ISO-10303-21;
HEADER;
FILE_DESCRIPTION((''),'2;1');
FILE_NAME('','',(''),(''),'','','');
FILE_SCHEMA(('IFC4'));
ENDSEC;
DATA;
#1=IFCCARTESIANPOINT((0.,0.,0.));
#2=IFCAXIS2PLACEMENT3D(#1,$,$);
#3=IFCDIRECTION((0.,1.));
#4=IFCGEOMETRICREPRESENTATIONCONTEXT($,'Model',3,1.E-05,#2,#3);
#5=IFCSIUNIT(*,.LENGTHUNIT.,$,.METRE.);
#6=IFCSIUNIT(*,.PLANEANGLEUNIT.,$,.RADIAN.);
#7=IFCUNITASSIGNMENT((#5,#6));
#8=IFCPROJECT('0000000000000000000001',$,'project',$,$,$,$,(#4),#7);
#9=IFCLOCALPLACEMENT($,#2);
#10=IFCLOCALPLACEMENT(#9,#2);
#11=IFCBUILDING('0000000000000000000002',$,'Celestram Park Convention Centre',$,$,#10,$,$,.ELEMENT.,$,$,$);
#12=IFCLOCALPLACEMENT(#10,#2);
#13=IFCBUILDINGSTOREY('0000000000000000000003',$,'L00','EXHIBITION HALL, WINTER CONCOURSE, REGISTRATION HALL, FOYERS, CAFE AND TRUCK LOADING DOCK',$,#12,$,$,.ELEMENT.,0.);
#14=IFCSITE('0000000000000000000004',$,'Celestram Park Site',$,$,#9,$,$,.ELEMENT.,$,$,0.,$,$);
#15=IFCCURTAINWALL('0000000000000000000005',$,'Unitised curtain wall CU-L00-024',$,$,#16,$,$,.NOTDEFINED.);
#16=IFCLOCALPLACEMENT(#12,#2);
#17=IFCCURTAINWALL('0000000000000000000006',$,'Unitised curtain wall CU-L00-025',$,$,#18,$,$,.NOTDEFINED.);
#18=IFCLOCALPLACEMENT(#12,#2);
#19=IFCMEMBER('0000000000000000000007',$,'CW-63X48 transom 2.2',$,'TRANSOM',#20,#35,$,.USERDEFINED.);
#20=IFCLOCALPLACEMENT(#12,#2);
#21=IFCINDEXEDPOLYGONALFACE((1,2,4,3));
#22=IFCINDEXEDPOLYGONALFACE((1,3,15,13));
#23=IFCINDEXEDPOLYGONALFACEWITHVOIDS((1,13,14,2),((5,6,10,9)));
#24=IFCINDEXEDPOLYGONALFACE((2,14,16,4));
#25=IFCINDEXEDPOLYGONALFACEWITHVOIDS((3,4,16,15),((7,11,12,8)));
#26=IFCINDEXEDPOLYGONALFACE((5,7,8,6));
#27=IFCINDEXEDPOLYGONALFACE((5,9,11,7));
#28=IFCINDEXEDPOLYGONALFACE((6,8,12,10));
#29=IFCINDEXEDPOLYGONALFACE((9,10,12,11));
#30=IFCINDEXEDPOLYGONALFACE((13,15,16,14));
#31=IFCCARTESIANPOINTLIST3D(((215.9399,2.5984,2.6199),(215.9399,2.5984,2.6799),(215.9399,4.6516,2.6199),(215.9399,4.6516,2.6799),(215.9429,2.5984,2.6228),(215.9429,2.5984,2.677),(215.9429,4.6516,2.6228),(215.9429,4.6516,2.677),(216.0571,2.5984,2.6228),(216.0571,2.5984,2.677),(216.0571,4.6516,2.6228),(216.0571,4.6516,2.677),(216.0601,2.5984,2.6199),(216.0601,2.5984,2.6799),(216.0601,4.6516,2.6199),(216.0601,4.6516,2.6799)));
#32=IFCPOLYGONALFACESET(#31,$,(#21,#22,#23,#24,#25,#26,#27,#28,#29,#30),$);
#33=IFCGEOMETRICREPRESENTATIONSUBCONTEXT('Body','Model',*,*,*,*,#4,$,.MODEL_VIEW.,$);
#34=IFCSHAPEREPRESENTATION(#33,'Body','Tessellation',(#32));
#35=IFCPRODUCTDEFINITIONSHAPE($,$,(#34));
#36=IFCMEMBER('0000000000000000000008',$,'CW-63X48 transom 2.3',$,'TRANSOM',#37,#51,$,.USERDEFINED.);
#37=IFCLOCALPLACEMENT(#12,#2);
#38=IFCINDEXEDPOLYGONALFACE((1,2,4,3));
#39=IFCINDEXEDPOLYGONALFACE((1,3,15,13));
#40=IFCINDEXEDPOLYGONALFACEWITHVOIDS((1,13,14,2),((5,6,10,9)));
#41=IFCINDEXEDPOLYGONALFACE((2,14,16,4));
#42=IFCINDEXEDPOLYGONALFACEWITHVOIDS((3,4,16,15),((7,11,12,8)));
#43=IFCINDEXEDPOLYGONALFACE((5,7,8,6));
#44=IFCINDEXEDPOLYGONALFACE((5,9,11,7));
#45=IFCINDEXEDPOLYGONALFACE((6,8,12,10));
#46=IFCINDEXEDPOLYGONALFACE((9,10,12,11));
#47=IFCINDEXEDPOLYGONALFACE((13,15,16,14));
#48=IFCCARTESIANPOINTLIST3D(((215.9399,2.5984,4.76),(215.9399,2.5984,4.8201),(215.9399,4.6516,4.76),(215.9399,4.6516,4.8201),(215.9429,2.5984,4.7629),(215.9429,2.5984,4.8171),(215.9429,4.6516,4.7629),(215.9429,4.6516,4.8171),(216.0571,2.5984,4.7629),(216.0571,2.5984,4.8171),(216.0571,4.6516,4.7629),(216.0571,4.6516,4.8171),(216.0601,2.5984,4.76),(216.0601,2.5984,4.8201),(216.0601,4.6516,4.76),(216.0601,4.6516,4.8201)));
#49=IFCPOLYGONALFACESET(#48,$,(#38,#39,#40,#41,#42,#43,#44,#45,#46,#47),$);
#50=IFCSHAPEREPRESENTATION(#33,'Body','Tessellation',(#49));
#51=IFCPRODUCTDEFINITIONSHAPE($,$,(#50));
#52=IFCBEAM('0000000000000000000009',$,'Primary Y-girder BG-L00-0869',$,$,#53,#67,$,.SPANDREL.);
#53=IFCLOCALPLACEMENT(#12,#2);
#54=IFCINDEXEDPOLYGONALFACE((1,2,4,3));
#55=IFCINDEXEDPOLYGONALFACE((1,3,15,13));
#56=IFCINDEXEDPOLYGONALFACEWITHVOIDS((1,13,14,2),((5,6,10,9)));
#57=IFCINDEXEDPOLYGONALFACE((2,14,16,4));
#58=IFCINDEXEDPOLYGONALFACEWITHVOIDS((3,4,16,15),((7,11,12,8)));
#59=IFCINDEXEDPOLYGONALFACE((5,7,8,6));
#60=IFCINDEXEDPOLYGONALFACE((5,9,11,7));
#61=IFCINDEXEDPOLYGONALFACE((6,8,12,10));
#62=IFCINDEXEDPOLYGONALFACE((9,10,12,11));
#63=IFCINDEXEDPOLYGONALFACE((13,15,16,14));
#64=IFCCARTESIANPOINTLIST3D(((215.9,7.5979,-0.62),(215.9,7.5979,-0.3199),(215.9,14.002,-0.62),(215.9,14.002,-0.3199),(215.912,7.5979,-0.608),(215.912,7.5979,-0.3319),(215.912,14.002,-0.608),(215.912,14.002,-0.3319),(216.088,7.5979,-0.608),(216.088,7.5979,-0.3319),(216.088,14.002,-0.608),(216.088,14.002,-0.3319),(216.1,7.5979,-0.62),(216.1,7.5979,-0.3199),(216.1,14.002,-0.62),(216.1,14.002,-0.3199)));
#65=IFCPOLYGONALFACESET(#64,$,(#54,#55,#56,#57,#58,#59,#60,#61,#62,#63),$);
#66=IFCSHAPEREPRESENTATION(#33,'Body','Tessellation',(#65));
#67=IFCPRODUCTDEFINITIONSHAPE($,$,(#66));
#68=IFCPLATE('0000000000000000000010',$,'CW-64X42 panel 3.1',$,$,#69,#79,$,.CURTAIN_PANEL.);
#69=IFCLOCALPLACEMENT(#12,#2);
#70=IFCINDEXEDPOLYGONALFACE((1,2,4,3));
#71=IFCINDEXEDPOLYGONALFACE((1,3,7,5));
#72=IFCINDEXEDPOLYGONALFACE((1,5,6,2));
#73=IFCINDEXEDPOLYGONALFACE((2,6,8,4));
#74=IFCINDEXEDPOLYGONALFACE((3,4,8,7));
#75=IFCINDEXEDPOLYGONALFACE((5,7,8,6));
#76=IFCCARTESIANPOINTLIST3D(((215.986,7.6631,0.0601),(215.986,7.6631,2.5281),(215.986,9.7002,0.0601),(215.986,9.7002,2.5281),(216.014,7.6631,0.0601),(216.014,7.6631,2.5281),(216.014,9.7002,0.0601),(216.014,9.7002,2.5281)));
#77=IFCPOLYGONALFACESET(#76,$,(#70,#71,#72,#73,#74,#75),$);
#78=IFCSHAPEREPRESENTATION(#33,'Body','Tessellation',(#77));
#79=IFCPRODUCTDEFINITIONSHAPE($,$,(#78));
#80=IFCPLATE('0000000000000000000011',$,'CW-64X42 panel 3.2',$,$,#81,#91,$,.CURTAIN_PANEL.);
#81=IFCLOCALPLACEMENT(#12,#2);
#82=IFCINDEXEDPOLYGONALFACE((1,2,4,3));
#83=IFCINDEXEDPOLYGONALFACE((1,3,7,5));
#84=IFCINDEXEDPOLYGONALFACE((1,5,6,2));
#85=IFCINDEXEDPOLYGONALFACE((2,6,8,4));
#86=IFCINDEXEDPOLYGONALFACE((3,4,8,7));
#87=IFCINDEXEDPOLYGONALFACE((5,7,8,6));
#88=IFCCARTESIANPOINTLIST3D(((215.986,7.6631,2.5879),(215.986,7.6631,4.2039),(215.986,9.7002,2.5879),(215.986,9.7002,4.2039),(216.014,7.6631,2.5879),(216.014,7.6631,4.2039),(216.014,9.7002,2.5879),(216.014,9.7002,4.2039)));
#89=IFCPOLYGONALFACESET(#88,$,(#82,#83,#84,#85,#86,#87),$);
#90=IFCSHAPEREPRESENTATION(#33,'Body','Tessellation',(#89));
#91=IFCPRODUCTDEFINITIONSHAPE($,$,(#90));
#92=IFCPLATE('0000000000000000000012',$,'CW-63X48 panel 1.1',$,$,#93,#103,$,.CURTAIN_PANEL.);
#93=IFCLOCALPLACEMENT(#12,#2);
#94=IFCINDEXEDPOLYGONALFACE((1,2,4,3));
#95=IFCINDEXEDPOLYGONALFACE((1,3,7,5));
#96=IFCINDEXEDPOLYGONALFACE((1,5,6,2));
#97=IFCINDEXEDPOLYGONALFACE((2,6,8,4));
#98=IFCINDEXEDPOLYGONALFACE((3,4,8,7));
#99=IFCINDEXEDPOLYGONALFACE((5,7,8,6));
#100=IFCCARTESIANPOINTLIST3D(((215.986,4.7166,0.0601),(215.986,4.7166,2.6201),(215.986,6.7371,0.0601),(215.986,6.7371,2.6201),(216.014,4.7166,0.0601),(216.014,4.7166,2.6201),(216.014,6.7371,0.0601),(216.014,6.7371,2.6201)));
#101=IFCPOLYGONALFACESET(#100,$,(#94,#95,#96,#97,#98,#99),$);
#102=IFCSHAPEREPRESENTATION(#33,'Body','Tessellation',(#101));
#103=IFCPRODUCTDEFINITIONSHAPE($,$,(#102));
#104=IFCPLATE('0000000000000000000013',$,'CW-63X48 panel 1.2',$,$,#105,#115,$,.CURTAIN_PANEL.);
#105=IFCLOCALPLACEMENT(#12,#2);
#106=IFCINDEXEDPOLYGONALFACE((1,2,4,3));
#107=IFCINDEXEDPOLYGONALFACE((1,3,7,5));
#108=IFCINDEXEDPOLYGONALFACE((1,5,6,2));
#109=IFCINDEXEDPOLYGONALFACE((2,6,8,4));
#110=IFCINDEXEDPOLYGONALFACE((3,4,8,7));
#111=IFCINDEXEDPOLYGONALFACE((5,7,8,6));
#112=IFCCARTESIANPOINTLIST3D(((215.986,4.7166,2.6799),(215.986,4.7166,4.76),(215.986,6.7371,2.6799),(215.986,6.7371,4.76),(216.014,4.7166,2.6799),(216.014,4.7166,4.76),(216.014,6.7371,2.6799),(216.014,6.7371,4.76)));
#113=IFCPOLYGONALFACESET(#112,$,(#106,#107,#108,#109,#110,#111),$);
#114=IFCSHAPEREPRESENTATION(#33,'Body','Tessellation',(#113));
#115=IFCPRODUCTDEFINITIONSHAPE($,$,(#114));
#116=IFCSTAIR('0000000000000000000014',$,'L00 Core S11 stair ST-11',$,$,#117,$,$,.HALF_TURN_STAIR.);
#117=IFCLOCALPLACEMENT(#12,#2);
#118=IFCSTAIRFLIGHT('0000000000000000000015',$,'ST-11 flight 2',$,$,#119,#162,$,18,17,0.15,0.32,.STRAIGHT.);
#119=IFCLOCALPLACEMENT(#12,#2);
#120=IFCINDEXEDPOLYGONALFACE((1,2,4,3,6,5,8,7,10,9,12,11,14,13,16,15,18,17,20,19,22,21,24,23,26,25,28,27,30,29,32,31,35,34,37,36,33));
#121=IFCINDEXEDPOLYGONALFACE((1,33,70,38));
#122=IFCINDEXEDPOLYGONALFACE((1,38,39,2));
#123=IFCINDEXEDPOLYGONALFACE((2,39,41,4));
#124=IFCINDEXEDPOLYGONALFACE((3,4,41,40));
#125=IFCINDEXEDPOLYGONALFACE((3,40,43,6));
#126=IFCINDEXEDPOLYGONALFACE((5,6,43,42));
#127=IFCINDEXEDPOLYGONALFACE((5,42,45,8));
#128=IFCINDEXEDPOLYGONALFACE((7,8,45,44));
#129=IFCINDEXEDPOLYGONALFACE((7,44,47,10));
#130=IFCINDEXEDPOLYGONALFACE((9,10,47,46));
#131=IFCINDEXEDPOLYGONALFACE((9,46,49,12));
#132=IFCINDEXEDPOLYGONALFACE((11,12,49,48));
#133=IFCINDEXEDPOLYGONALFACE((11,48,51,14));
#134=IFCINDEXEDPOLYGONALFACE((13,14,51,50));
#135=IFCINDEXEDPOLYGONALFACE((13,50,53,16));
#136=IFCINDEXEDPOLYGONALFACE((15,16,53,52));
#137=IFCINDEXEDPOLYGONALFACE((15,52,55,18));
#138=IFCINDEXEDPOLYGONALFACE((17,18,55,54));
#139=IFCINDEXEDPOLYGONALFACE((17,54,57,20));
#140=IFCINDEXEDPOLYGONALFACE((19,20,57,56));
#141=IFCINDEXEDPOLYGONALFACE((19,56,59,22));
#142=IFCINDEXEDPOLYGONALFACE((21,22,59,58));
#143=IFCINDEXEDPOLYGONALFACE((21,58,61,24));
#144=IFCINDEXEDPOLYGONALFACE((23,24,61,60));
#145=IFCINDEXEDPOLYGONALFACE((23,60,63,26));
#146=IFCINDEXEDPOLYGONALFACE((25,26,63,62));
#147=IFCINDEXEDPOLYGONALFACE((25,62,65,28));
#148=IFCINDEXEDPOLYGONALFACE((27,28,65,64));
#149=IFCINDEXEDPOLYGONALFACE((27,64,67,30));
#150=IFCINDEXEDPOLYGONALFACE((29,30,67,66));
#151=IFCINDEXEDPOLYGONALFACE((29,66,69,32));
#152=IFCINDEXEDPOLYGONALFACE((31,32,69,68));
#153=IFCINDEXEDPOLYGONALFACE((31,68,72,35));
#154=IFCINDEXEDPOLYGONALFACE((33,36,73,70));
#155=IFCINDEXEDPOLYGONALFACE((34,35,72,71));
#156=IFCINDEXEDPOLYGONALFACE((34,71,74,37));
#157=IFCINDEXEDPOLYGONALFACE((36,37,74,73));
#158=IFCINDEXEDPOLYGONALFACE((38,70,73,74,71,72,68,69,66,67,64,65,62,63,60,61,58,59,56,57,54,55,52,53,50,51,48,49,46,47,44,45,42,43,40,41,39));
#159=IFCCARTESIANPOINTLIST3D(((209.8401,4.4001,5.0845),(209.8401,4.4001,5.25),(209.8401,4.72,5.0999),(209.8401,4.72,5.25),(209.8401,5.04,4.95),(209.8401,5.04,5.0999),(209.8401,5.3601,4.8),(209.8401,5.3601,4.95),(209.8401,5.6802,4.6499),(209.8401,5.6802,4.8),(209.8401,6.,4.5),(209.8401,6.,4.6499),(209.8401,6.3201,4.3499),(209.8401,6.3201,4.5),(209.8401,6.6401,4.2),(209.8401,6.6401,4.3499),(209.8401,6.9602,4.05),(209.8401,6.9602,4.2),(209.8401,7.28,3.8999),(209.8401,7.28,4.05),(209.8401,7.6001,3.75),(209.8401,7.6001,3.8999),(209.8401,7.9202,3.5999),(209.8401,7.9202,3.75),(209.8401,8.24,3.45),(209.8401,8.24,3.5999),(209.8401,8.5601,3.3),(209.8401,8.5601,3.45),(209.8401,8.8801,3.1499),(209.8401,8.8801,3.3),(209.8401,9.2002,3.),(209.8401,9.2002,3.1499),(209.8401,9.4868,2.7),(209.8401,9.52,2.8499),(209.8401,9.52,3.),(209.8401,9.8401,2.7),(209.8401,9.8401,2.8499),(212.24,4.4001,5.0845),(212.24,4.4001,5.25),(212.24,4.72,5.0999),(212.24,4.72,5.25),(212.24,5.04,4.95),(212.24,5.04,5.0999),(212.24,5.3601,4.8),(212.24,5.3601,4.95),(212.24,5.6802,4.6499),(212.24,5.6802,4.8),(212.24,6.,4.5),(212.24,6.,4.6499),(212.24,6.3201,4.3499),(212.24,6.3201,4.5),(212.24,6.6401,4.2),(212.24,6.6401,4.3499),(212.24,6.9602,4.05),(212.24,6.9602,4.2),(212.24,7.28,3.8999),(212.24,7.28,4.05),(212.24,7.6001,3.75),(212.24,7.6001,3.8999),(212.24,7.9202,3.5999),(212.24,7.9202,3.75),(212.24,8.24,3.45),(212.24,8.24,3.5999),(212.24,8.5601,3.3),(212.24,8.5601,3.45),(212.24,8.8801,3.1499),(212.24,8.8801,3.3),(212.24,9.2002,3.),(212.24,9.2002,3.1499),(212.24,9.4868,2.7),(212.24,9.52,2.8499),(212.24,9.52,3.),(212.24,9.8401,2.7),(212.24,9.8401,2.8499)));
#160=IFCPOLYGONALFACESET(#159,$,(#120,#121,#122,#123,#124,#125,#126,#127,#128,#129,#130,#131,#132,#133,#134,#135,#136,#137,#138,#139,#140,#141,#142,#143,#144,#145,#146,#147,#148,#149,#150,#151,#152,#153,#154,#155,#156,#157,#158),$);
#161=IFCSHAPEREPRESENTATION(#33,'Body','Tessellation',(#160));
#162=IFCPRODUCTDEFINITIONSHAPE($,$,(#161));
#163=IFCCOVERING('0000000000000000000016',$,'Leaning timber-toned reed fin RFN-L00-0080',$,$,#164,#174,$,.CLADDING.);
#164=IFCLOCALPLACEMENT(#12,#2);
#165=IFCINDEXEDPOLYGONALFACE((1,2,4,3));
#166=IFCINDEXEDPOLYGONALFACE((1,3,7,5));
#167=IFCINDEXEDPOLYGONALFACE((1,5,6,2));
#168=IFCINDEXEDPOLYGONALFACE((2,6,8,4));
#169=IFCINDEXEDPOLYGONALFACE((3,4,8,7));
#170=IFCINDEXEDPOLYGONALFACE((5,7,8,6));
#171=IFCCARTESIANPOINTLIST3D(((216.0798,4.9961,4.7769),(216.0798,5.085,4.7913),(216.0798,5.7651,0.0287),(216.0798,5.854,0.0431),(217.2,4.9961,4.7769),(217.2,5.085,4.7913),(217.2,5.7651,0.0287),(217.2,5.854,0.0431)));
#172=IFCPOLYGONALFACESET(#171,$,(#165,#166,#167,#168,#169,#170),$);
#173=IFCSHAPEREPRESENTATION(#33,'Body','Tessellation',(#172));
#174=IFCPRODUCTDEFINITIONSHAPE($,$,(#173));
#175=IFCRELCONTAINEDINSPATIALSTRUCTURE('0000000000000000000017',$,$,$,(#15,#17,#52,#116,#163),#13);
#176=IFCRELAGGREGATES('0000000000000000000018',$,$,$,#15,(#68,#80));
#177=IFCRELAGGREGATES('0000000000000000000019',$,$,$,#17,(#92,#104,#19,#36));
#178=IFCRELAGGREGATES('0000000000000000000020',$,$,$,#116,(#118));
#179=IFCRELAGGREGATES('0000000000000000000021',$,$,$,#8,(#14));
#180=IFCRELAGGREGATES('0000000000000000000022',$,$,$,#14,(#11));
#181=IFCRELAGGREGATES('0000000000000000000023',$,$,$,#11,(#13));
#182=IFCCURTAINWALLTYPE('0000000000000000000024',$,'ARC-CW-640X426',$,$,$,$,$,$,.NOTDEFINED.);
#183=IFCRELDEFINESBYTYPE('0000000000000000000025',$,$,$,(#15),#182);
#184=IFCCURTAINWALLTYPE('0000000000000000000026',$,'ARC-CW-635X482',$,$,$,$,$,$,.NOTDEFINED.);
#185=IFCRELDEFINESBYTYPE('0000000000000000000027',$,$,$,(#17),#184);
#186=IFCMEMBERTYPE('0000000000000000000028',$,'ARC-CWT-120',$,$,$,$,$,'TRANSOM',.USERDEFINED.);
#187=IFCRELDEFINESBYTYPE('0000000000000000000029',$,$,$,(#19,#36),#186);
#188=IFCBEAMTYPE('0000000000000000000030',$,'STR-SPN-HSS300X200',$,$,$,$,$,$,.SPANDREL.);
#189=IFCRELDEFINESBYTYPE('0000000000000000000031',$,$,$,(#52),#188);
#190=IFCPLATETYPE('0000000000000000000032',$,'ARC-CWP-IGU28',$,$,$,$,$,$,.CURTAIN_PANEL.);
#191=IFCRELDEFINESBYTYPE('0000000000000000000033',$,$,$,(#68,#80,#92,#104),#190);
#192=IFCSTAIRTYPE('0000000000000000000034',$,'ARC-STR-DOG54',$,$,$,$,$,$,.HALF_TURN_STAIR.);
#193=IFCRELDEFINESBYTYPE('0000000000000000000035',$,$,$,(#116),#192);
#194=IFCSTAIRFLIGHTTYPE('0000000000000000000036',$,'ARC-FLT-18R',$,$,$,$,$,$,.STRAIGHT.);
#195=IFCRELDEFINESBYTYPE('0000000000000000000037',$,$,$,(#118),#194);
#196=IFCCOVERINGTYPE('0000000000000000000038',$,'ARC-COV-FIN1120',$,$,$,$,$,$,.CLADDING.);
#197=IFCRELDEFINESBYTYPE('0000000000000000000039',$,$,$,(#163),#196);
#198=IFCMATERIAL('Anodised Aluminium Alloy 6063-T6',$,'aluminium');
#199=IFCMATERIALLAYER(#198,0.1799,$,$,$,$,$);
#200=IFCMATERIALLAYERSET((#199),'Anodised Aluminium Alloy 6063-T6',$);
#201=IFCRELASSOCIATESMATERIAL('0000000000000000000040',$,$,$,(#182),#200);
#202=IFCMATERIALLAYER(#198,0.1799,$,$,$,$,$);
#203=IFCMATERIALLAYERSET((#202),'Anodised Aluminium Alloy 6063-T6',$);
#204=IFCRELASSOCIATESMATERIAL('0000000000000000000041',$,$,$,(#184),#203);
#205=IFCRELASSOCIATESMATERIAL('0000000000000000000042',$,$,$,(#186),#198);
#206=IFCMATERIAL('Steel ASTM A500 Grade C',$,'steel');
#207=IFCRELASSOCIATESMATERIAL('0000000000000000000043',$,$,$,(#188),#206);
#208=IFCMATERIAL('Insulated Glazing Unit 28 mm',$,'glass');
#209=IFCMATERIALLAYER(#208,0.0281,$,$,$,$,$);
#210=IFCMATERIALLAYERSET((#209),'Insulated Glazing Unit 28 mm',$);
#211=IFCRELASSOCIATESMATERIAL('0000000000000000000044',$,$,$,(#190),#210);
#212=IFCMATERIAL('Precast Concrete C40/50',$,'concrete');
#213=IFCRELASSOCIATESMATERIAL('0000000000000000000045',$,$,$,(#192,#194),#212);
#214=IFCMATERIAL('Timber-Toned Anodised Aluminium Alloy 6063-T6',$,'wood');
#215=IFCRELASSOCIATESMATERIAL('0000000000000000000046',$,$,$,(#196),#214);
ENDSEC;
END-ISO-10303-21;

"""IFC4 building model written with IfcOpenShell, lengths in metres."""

from ifc_helpers import new_model, si_unit, direction, frame, origin, origin_2d, place, context, subcontext, project, spatial, polyline, rectangle, hollow_rectangle, outline, extrude, material, layer, layer_set, material_profile, profile_set, type_object, element, aggregate, save


model = new_model("IFC4")

# Units and contexts
model_context = context("Model", 3, precision=1e-05, world=origin(), true_north=direction((0.0, 1.0)))
body_context = subcontext(model_context, "Body", "Model", "MODEL_VIEW")
ifc_project = project(units=[si_unit("LENGTHUNIT", "METRE"), si_unit("PLANEANGLEUNIT", "RADIAN")], contexts=[model_context])

# Site, building, storey
site_placement = place(None, origin())
site = spatial("IfcSite", under=ifc_project, at=site_placement, Name="Celestram Park Site", CompositionType="ELEMENT", RefElevation=0.0)
building_placement = place(site_placement, origin())
building = spatial("IfcBuilding", under=site, at=building_placement, Name="Celestram Park Convention Centre", CompositionType="ELEMENT")
storey_placement = place(building_placement, origin())
storey = spatial("IfcBuildingStorey", under=building, at=storey_placement, Name="L00", Description="EXHIBITION HALL, WINTER CONCOURSE, REGISTRATION HALL, FOYERS, CAFE AND TRUCK LOADING DOCK", CompositionType="ELEMENT", Elevation=0.0)

# Curtain walls
ifc_material_1 = material(Name="Anodised Aluminium Alloy 6063-T6", Category="aluminium")
ifc_layer_1 = layer(ifc_material_1, 0.1799)
ifc_layer_set_1 = layer_set([ifc_layer_1], Name="Anodised Aluminium Alloy 6063-T6")
curtain_wall_type_1 = type_object("IfcCurtainWallType", Name="ARC-CW-640X426", PredefinedType="NOTDEFINED", material=ifc_layer_set_1)
curtain_wall_1_placement = place(storey_placement, origin())
curtain_wall_1 = element("IfcCurtainWall", 1, at=curtain_wall_1_placement, inside=storey, type_object=curtain_wall_type_1, Name="Unitised curtain wall CU-L00-024", PredefinedType="NOTDEFINED")
ifc_layer_2 = layer(ifc_material_1, 0.1799)
ifc_layer_set_2 = layer_set([ifc_layer_2], Name="Anodised Aluminium Alloy 6063-T6")
curtain_wall_type_2 = type_object("IfcCurtainWallType", Name="ARC-CW-635X482", PredefinedType="NOTDEFINED", material=ifc_layer_set_2)
curtain_wall_2_placement = place(storey_placement, origin())
curtain_wall_2 = element("IfcCurtainWall", 2, at=curtain_wall_2_placement, inside=storey, type_object=curtain_wall_type_2, Name="Unitised curtain wall CU-L00-025", PredefinedType="NOTDEFINED")

# Members
ifc_material_profile_1 = material_profile(ifc_material_1, hollow_rectangle(XDim=0.1201, YDim=0.0601, WallThickness=0.0029, at=origin_2d()), Name="ALU120X60X3")
ifc_profile_set_1 = profile_set([ifc_material_profile_1], Name="Anodised Aluminium Alloy 6063-T6")
member_type_1 = type_object("IfcMemberType", Name="ARC-CWT-120", ElementType="TRANSOM", PredefinedType="USERDEFINED", material=ifc_profile_set_1)
member_1_placement = place(storey_placement, frame((216.0, 4.6516, 2.6499), z_axis=(0.0, -1.0, 0.0), x_axis=(1.0, 0.0, 0.0)))
member_1 = element("IfcMember", 3, at=member_1_placement, type_object=member_type_1, Name="CW-63X48 transom 2.2", ObjectType="TRANSOM", PredefinedType="USERDEFINED", context=body_context, shape_type="SweptSolid", body=[
    extrude(hollow_rectangle(XDim=0.1201, YDim=0.0601, WallThickness=0.0029, at=origin_2d()), origin(), (0.0, 0.0, 1.0), 2.0532),
])
member_2_placement = place(storey_placement, frame((216.0, 4.6516, 4.79), z_axis=(0.0, -1.0, 0.0), x_axis=(1.0, 0.0, 0.0)))
member_2 = element("IfcMember", 4, at=member_2_placement, type_object=member_type_1, Name="CW-63X48 transom 2.3", ObjectType="TRANSOM", PredefinedType="USERDEFINED", context=body_context, shape_type="SweptSolid", body=[
    extrude(hollow_rectangle(XDim=0.1201, YDim=0.0601, WallThickness=0.0029, at=origin_2d()), origin(), (0.0, 0.0, 1.0), 2.0532),
])

# Beam
ifc_material_2 = material(Name="Steel ASTM A500 Grade C", Category="steel")
ifc_material_profile_2 = material_profile(ifc_material_2, hollow_rectangle(XDim=0.2, YDim=0.3, WallThickness=0.012, at=origin_2d()), Name="HSS300X200X12")
ifc_profile_set_2 = profile_set([ifc_material_profile_2], Name="Steel ASTM A500 Grade C")
beam_type = type_object("IfcBeamType", Name="STR-SPN-HSS300X200", PredefinedType="SPANDREL", material=ifc_profile_set_2)
beam_placement = place(storey_placement, frame((216.0, 7.5979, -0.47), z_axis=(0.0, 1.0, 0.0), x_axis=(-1.0, 0.0, 0.0)))
element("IfcBeam", 5, at=beam_placement, inside=storey, type_object=beam_type, Name="Primary Y-girder BG-L00-0869", PredefinedType="SPANDREL", context=body_context, shape_type="SweptSolid", body=[
    extrude(hollow_rectangle(XDim=0.2, YDim=0.3, WallThickness=0.012, at=origin_2d()), origin(), (0.0, 0.0, 1.0), 6.4041),
])

# Plates
ifc_material_3 = material(Name="Insulated Glazing Unit 28 mm", Category="glass")
ifc_layer_3 = layer(ifc_material_3, 0.0281)
ifc_layer_set_3 = layer_set([ifc_layer_3], Name="Insulated Glazing Unit 28 mm")
plate_type = type_object("IfcPlateType", Name="ARC-CWP-IGU28", PredefinedType="CURTAIN_PANEL", material=ifc_layer_set_3)
plate_1_placement = place(storey_placement, frame((216.0, 8.6816, 0.0601), z_axis=(0.0, 0.0, 1.0), x_axis=(0.0, -1.0, 0.0)))
plate_1 = element("IfcPlate", 6, at=plate_1_placement, type_object=plate_type, Name="CW-64X42 panel 3.1", PredefinedType="CURTAIN_PANEL", context=body_context, shape_type="SweptSolid", body=[
    extrude(rectangle(XDim=2.0371, YDim=0.0281, at=origin_2d()), origin(), (0.0, 0.0, 1.0), 2.468),
])
plate_2_placement = place(storey_placement, frame((216.0, 8.6816, 2.5879), z_axis=(0.0, 0.0, 1.0), x_axis=(0.0, -1.0, 0.0)))
plate_2 = element("IfcPlate", 7, at=plate_2_placement, type_object=plate_type, Name="CW-64X42 panel 3.2", PredefinedType="CURTAIN_PANEL", context=body_context, shape_type="SweptSolid", body=[
    extrude(rectangle(XDim=2.0371, YDim=0.0281, at=origin_2d()), origin(), (0.0, 0.0, 1.0), 1.616),
])
aggregate(curtain_wall_1, [plate_1, plate_2])
plate_3_placement = place(storey_placement, frame((216.0, 5.7268, 0.0601), z_axis=(0.0, 0.0, 1.0), x_axis=(0.0, -1.0, 0.0)))
plate_3 = element("IfcPlate", 8, at=plate_3_placement, type_object=plate_type, Name="CW-63X48 panel 1.1", PredefinedType="CURTAIN_PANEL", context=body_context, shape_type="SweptSolid", body=[
    extrude(rectangle(XDim=2.0205, YDim=0.0281, at=origin_2d()), origin(), (0.0, 0.0, 1.0), 2.5601),
])
plate_4_placement = place(storey_placement, frame((216.0, 5.7268, 2.6799), z_axis=(0.0, 0.0, 1.0), x_axis=(0.0, -1.0, 0.0)))
plate_4 = element("IfcPlate", 9, at=plate_4_placement, type_object=plate_type, Name="CW-63X48 panel 1.2", PredefinedType="CURTAIN_PANEL", context=body_context, shape_type="SweptSolid", body=[
    extrude(rectangle(XDim=2.0205, YDim=0.0281, at=origin_2d()), origin(), (0.0, 0.0, 1.0), 2.0801),
])
aggregate(curtain_wall_2, [plate_3, plate_4, member_1, member_2])

# Stair, stair flight
ifc_material_4 = material(Name="Precast Concrete C40/50", Category="concrete")
stair_type = type_object("IfcStairType", Name="ARC-STR-DOG54", PredefinedType="HALF_TURN_STAIR", material=ifc_material_4)
stair_placement = place(storey_placement, origin())
stair = element("IfcStair", 10, at=stair_placement, inside=storey, type_object=stair_type, Name="L00 Core S11 stair ST-11", PredefinedType="HALF_TURN_STAIR")
stair_flight_type = type_object("IfcStairFlightType", Name="ARC-FLT-18R", PredefinedType="STRAIGHT", material=ifc_material_4)
stair_flight_placement = place(storey_placement, frame((211.04, 9.8401, 2.7), z_axis=(0.0, 0.0, 1.0), x_axis=(0.0, -1.0, 0.0)))
stair_flight = element("IfcStairFlight", 11, at=stair_flight_placement, type_object=stair_flight_type, Name="ST-11 flight 2", NumberOfRisers=18, NumberOfTreads=17, PredefinedType="STRAIGHT", RiserHeight=0.15, TreadLength=0.32, context=body_context, shape_type="SweptSolid", body=[
    extrude(outline(polyline([(0.0, 0.0), (0.0, 0.1499), (0.3201, 0.1499), (0.3201, 0.3), (0.6399, 0.3), (0.6399, 0.45), (0.96, 0.45), (0.96, 0.6001), (1.28, 0.6001), (1.28, 0.75), (1.6001, 0.75), (1.6001, 0.8999), (1.9199, 0.8999), (1.9199, 1.05), (2.24, 1.05), (2.24, 1.2), (2.5601, 1.2), (2.5601, 1.3501), (2.8799, 1.3501), (2.8799, 1.5), (3.2, 1.5), (3.2, 1.6499), (3.52, 1.6499), (3.52, 1.8), (3.8401, 1.8), (3.8401, 1.95), (4.1599, 1.95), (4.1599, 2.1001), (4.48, 2.1001), (4.48, 2.25), (4.8, 2.25), (4.8, 2.3999), (5.1201, 2.3999), (5.1201, 2.55), (5.4399, 2.55), (5.4399, 2.7), (5.4399, 2.3845), (0.3533, 0.0), (0.0, 0.0)])), frame((0.0, 1.2, 0.0), z_axis=(0.0, -1.0, 0.0), x_axis=(1.0, 0.0, 0.0)), (0.0, 0.0, 1.0), 2.3999),
])
aggregate(stair, [stair_flight])

# Covering
ifc_material_5 = material(Name="Timber-Toned Anodised Aluminium Alloy 6063-T6", Category="wood")
ifc_material_profile_3 = material_profile(ifc_material_5, rectangle(XDim=1.1201, YDim=0.0901, at=origin_2d()), Name="REED1120X90")
ifc_profile_set_3 = profile_set([ifc_material_profile_3], Name="Timber-Toned Anodised Aluminium Alloy 6063-T6")
covering_type_1 = type_object("IfcCoveringType", Name="ARC-COV-FIN1120", PredefinedType="CLADDING", material=ifc_profile_set_3)
covering_1_placement = place(storey_placement, frame((216.6399, 5.8096, 0.0359), z_axis=(0.0, -0.159879, 0.987137), x_axis=(1.0, 0.0, 0.0)))
element("IfcCovering", 12, at=covering_1_placement, inside=storey, type_object=covering_type_1, Name="Leaning timber-toned reed fin RFN-L00-0080", PredefinedType="CLADDING", context=body_context, shape_type="SweptSolid", body=[
    extrude(rectangle(XDim=1.1201, YDim=0.0901, at=origin_2d()), origin(), (0.0, 0.0, 1.0), 4.8101),
])

save(model, "model.ifc")
